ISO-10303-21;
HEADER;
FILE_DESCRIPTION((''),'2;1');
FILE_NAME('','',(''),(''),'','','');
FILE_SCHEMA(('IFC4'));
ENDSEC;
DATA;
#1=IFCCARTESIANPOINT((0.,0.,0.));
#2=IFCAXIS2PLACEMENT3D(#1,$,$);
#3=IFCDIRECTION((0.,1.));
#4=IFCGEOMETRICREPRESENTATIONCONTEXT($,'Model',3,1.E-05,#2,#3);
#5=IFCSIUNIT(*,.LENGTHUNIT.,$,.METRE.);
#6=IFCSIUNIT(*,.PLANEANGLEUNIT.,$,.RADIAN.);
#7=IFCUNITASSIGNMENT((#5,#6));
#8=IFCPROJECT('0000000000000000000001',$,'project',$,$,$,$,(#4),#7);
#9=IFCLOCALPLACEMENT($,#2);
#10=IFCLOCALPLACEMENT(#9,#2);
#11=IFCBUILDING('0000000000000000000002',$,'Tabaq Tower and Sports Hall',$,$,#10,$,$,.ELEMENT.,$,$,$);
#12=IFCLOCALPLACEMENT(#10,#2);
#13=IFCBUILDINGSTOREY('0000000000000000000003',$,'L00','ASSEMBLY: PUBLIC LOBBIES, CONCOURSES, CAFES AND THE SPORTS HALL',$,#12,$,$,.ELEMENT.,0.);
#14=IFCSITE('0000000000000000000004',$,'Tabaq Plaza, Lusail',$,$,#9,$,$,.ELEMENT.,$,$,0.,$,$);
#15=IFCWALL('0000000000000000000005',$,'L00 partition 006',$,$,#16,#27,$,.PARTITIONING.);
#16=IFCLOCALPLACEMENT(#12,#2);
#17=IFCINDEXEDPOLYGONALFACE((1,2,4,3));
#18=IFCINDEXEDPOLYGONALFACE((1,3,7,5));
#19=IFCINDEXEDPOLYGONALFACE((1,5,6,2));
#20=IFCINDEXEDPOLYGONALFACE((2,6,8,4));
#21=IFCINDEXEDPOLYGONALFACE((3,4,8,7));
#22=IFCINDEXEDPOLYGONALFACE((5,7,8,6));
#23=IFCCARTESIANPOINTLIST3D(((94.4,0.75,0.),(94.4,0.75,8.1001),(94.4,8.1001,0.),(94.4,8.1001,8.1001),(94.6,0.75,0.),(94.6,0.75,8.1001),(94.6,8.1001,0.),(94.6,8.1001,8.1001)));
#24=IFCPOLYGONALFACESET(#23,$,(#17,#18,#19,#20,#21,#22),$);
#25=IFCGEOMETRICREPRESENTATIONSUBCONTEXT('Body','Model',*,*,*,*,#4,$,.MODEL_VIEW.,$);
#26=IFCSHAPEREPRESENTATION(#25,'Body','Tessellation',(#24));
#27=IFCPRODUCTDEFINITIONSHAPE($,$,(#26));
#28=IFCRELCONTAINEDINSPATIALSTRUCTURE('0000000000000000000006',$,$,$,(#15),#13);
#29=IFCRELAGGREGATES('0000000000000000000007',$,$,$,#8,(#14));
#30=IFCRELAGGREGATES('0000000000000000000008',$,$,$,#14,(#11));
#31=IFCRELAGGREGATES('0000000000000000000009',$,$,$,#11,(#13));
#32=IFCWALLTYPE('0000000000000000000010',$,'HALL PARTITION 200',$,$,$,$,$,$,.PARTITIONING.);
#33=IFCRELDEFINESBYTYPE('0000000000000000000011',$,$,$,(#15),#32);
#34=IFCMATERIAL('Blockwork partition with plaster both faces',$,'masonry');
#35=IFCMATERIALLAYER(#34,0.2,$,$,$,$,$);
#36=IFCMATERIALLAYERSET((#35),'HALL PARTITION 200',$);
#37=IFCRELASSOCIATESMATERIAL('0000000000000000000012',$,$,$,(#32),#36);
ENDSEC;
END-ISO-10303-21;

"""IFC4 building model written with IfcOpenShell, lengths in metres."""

from ifc_helpers import new_model, si_unit, direction, frame, frame_2d, origin, place, context, subcontext, project, spatial, rectangle, extrude, material, layer, layer_set, type_object, element, save


model = new_model("IFC4")

# Units and contexts
model_context = context("Model", 3, precision=1e-05, world=origin(), true_north=direction((0.0, 1.0)))
body_context = subcontext(model_context, "Body", "Model", "MODEL_VIEW")
ifc_project = project(units=[si_unit("LENGTHUNIT", "METRE"), si_unit("PLANEANGLEUNIT", "RADIAN")], contexts=[model_context])

# Site, building, storey
site_placement = place(None, origin())
site = spatial("IfcSite", under=ifc_project, at=site_placement, Name="Tabaq Plaza, Lusail", CompositionType="ELEMENT", RefElevation=0.0)
building_placement = place(site_placement, origin())
building = spatial("IfcBuilding", under=site, at=building_placement, Name="Tabaq Tower and Sports Hall", CompositionType="ELEMENT")
storey_placement = place(building_placement, origin())
storey = spatial("IfcBuildingStorey", under=building, at=storey_placement, Name="L00", Description="ASSEMBLY: PUBLIC LOBBIES, CONCOURSES, CAFES AND THE SPORTS HALL", CompositionType="ELEMENT", Elevation=0.0)

# Wall
ifc_material_1 = material(Name="Blockwork partition with plaster both faces", Category="masonry")
ifc_layer_1 = layer(ifc_material_1, 0.2)
ifc_layer_set_1 = layer_set([ifc_layer_1], Name="HALL PARTITION 200")
wall_type = type_object("IfcWallType", Name="HALL PARTITION 200", PredefinedType="PARTITIONING", material=ifc_layer_set_1)
wall_placement = place(storey_placement, frame((94.5, 0.75, 0.0), z_axis=(0.0, 0.0, 1.0), x_axis=(0.0, 1.0, 0.0)))
element("IfcWall", 1, at=wall_placement, inside=storey, type_object=wall_type, Name="L00 partition 006", PredefinedType="PARTITIONING", context=body_context, shape_type="SweptSolid", body=[
    extrude(rectangle(XDim=7.3501, YDim=0.2, at=frame_2d((3.675, 0.0))), origin(), (0.0, 0.0, 1.0), 8.1001),
])

save(model, "model.ifc")
